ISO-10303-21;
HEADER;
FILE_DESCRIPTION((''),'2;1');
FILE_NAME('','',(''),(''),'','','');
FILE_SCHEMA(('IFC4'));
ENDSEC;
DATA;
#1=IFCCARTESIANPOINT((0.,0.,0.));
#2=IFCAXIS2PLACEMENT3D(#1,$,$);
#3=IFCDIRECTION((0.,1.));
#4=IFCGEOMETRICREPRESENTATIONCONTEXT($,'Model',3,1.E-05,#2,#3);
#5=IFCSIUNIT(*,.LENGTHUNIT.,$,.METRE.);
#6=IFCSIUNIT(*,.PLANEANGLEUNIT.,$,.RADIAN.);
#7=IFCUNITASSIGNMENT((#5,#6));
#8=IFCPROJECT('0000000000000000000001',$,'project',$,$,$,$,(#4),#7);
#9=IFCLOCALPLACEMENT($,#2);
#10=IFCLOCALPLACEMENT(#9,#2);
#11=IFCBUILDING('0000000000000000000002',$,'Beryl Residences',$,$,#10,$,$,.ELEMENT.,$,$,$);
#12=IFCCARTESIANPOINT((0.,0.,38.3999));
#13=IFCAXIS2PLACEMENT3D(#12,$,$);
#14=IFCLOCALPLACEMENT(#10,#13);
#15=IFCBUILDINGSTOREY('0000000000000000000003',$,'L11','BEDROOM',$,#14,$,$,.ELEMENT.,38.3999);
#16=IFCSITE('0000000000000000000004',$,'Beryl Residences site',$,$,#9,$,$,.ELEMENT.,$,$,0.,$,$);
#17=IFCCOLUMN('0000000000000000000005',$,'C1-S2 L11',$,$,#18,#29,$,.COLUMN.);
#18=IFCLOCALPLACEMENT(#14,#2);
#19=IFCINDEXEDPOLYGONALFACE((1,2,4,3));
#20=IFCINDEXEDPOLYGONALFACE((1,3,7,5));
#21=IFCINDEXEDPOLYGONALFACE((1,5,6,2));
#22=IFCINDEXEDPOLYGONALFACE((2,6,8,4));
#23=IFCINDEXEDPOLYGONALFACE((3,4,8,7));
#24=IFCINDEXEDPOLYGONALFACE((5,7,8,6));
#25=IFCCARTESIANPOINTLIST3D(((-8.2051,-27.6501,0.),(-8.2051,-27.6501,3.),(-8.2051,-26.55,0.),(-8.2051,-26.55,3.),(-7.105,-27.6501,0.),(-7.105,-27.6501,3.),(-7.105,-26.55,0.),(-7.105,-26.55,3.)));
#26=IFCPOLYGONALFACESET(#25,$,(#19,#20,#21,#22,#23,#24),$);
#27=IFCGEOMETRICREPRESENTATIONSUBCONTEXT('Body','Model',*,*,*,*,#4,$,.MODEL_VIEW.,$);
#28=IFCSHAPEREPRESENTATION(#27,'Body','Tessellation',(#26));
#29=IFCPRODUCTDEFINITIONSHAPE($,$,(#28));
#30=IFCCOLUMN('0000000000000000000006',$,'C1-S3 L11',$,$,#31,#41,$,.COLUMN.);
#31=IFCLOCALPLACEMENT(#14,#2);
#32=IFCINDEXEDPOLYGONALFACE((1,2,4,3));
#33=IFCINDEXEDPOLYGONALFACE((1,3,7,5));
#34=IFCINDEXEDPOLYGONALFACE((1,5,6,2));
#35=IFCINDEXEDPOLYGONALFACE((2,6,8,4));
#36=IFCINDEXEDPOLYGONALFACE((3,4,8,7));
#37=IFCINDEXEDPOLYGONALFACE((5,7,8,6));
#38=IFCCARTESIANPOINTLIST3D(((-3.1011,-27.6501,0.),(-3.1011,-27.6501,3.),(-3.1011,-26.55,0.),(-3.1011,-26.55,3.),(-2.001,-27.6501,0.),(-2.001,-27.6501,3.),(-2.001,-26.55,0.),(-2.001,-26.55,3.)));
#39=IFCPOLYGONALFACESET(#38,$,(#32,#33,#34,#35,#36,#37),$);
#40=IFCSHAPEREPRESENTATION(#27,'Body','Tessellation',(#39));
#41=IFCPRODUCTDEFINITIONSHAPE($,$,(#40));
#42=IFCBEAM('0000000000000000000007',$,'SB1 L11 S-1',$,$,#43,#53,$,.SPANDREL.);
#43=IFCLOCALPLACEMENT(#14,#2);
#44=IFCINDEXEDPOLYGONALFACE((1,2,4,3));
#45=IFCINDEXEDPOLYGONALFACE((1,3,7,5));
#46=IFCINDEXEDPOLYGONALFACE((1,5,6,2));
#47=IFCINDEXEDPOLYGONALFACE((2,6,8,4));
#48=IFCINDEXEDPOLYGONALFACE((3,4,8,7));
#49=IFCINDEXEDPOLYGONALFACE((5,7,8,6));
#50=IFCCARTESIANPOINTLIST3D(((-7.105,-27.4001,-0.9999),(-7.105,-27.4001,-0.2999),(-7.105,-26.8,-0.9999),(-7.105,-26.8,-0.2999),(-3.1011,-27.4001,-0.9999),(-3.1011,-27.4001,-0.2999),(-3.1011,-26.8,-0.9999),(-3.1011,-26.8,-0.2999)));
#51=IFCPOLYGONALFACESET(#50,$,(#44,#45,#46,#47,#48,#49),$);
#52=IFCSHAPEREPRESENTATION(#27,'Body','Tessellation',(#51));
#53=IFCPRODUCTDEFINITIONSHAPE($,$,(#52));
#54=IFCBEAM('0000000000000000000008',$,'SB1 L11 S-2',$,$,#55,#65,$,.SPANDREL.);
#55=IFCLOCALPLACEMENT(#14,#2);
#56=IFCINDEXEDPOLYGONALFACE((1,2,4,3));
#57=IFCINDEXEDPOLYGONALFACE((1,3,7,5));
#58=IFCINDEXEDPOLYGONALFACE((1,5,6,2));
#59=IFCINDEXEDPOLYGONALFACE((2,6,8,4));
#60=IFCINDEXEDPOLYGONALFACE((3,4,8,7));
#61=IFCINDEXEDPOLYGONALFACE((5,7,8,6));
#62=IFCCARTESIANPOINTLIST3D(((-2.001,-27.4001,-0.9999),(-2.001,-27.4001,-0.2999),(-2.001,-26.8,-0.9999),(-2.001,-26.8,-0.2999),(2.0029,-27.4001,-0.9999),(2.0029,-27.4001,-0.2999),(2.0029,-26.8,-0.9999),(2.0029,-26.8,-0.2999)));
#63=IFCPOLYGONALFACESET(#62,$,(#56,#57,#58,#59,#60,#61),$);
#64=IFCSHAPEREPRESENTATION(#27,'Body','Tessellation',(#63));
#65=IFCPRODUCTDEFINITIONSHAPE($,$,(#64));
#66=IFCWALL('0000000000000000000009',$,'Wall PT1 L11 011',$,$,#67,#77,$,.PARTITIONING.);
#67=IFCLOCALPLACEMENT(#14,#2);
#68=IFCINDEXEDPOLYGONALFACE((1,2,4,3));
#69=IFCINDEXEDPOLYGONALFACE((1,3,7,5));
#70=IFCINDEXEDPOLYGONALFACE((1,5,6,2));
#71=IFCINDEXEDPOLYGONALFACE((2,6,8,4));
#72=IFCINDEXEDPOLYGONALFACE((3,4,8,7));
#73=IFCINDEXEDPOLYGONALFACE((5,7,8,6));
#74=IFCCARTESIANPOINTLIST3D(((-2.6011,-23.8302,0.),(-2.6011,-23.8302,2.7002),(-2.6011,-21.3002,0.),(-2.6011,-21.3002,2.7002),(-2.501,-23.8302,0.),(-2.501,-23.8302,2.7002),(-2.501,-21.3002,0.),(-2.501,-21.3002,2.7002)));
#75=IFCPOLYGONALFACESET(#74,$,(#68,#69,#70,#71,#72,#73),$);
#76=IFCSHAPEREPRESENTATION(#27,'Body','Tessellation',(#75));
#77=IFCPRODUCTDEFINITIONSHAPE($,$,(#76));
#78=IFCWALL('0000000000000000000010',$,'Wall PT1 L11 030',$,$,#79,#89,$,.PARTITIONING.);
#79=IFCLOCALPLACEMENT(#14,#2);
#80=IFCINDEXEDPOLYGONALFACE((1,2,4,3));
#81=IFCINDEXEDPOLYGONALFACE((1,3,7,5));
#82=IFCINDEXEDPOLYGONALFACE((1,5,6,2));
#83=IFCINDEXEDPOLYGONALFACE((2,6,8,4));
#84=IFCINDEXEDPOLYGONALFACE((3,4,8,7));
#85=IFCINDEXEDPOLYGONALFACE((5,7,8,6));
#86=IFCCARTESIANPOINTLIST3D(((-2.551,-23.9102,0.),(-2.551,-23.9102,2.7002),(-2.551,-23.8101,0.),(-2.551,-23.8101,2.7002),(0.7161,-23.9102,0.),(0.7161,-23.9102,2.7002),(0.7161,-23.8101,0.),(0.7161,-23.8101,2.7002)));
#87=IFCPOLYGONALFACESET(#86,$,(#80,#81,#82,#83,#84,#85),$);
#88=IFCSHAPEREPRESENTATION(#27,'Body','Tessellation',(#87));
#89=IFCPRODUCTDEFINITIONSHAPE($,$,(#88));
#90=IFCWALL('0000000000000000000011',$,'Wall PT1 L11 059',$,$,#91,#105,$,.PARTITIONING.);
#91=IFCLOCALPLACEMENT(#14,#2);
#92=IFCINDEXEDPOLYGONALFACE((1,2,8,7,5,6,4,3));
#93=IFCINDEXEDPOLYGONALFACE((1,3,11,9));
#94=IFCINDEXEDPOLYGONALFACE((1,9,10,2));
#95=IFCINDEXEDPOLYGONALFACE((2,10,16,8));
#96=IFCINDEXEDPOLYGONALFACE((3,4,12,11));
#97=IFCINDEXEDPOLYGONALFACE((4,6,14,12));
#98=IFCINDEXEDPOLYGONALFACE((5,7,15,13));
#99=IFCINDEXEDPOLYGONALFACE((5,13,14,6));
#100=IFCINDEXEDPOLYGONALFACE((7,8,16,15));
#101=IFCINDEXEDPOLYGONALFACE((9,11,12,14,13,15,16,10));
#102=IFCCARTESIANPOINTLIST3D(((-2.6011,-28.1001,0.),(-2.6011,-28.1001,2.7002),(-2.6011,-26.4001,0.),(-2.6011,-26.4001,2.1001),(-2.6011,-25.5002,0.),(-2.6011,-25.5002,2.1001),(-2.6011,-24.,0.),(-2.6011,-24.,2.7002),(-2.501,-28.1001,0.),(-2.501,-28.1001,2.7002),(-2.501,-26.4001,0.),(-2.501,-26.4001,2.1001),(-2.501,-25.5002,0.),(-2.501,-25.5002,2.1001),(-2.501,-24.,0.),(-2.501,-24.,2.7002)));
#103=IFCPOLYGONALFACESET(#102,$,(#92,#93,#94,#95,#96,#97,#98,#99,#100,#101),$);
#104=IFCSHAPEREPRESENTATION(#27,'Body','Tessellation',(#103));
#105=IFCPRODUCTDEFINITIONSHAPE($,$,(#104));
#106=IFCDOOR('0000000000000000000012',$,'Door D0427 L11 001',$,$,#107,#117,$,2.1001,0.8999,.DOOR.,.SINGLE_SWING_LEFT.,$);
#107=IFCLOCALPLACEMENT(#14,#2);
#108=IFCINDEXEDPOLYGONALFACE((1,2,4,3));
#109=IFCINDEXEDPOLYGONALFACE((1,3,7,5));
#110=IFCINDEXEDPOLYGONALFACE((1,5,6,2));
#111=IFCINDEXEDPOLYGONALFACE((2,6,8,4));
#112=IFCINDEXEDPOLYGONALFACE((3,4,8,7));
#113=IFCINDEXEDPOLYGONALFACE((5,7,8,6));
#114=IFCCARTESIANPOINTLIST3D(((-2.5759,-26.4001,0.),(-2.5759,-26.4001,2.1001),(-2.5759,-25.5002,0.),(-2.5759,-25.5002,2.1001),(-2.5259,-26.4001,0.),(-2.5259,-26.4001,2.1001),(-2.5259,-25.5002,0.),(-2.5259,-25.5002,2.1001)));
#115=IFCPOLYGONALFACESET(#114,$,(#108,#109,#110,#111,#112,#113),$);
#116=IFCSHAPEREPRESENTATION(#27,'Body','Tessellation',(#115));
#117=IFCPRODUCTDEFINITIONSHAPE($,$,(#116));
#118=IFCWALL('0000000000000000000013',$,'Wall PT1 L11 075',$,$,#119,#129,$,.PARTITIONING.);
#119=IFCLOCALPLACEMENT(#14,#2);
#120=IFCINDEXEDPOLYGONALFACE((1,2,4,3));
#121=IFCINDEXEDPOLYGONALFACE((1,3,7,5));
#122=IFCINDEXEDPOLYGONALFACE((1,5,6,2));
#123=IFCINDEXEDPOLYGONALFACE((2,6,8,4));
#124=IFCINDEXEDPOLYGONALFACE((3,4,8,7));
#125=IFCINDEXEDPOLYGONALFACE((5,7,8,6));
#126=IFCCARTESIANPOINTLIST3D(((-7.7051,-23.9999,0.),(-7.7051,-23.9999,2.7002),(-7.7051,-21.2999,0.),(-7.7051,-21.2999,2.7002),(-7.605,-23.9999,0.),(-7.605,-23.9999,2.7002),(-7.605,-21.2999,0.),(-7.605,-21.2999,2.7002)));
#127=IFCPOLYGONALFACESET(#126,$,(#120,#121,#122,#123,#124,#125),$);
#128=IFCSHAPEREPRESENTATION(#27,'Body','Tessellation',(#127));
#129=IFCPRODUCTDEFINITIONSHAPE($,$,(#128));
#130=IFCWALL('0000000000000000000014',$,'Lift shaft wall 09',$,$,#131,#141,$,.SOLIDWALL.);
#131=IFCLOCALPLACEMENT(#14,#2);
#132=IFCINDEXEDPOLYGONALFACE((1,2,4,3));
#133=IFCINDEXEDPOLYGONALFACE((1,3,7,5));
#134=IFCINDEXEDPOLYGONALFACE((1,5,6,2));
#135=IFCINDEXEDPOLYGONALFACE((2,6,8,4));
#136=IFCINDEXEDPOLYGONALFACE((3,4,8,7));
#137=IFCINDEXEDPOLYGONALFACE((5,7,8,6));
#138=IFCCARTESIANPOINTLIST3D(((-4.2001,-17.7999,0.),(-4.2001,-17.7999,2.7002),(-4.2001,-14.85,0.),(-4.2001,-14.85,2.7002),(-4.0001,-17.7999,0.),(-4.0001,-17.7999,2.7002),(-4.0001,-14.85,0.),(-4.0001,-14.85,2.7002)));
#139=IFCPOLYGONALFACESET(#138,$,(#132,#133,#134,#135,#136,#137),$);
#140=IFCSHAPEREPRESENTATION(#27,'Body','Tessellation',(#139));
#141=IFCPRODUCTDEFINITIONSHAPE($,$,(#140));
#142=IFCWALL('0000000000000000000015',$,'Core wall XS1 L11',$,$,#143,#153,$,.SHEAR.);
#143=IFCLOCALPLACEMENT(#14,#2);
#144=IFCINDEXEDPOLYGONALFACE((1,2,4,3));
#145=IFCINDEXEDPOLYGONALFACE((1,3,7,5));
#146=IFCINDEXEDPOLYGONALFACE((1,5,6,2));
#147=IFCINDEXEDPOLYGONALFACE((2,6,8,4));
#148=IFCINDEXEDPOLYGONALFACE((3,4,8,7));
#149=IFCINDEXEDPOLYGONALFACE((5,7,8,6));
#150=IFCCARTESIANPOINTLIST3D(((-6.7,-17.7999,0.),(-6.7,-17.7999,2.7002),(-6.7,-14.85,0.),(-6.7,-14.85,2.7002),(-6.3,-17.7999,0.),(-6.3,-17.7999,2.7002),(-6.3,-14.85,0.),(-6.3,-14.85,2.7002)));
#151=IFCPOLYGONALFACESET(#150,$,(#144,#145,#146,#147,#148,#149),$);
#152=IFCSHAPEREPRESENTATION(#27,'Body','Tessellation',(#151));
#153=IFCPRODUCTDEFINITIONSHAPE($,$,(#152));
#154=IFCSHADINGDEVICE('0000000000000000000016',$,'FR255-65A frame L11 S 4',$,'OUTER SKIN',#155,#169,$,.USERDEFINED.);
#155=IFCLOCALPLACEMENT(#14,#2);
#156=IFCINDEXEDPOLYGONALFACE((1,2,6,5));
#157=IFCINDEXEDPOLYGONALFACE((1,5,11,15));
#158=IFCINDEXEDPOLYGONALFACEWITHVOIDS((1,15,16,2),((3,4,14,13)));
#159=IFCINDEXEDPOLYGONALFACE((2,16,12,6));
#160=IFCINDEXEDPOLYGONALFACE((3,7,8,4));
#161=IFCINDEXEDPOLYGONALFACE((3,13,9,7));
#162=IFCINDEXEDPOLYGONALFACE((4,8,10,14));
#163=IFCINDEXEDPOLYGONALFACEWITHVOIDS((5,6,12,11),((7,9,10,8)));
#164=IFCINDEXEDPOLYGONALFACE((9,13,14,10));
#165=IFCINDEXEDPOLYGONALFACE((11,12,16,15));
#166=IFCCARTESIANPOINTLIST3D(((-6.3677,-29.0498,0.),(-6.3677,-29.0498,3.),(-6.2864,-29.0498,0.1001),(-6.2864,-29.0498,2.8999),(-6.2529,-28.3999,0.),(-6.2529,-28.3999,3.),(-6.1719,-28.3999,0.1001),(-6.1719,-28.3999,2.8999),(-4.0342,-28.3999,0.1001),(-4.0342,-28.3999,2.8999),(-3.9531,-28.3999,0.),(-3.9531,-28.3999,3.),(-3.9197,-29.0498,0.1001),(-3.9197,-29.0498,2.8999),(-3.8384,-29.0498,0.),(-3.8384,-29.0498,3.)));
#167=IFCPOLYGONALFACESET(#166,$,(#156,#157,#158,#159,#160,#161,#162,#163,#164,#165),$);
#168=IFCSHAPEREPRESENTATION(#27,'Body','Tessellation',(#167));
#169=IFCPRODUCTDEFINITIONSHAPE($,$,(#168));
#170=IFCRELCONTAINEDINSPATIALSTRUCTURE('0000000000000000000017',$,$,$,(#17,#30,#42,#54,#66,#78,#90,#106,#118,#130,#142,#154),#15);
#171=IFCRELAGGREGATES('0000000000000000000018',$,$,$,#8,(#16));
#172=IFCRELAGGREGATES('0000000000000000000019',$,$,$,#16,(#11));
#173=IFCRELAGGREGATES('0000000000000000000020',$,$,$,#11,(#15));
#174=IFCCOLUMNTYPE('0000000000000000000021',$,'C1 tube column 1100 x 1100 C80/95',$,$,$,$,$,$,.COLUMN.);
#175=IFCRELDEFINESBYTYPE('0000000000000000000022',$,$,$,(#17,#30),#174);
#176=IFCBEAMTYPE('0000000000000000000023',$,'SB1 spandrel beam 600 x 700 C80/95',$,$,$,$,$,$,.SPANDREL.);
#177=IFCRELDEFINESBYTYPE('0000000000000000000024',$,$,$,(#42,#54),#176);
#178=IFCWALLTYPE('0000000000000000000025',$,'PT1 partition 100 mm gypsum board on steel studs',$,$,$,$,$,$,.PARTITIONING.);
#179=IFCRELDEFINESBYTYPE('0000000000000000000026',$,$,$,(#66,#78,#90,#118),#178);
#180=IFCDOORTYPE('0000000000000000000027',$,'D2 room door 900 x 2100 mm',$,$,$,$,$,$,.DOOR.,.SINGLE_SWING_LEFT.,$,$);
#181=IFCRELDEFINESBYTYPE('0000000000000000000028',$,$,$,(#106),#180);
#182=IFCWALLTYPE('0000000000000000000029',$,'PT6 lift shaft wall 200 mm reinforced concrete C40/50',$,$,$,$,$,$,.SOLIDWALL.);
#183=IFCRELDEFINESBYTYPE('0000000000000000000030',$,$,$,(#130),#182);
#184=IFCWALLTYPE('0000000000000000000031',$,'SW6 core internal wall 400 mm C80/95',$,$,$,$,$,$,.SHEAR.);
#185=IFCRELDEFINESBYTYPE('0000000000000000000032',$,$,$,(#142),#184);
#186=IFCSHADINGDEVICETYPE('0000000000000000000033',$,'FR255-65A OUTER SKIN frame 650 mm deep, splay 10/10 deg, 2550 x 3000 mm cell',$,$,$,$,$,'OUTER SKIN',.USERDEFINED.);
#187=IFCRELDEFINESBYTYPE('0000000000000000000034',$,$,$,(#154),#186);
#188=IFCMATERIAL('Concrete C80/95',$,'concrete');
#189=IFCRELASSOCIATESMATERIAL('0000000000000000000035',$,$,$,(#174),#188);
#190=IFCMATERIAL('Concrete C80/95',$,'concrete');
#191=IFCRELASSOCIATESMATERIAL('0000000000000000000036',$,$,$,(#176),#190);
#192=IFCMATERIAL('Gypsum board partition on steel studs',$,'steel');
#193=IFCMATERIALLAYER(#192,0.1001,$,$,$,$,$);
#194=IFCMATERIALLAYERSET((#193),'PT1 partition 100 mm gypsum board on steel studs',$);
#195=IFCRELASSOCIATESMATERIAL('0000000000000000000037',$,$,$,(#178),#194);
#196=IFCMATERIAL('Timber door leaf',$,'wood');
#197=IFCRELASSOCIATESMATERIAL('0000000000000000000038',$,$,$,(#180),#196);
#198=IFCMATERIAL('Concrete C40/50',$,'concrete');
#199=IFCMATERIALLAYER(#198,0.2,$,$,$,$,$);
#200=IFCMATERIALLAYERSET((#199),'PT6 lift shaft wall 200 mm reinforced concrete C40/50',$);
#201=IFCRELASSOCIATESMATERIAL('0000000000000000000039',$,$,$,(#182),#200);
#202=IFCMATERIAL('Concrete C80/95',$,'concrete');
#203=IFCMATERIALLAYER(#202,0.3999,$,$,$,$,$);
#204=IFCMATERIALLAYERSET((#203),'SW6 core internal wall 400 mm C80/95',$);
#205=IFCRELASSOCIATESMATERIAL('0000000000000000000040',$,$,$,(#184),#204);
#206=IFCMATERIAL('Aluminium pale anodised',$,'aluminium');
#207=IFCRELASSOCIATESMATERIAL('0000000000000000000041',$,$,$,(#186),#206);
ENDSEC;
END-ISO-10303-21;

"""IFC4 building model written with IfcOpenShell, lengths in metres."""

from ifc_helpers import new_model, entity, si_unit, direction, frame, frame_2d, origin, origin_2d, place, context, subcontext, project, spatial, rectangle, extrude, source, transform, mapped, material, layer, layer_set, material_profile, profile_set, type_object, type_shapes, element, fill, save


model = new_model("IFC4")

# Units and contexts
model_context = context("Model", 3, precision=1e-05, world=origin(), true_north=direction((0.0, 1.0)))
body_context = subcontext(model_context, "Body", "Model", "MODEL_VIEW")
ifc_project = project(units=[si_unit("LENGTHUNIT", "METRE"), si_unit("PLANEANGLEUNIT", "RADIAN")], contexts=[model_context])

# Site, building, storey
site_placement = place(None, origin())
site = spatial("IfcSite", under=ifc_project, at=site_placement, Name="Beryl Residences site", CompositionType="ELEMENT", RefElevation=0.0)
building_placement = place(site_placement, origin())
building = spatial("IfcBuilding", under=site, at=building_placement, Name="Beryl Residences", CompositionType="ELEMENT")
storey_placement = place(building_placement, frame((0.0, 0.0, 38.3999)))
storey = spatial("IfcBuildingStorey", under=building, at=storey_placement, Name="L11", Description="BEDROOM", CompositionType="ELEMENT", Elevation=38.3999)

# Columns
ifc_material_1 = material(Name="Concrete C80/95", Category="concrete")
ifc_material_profile_1 = material_profile(ifc_material_1, rectangle(XDim=1.1001, YDim=1.1001, at=origin_2d()))
ifc_profile_set_1 = profile_set([ifc_material_profile_1], Name="Concrete C80/95")
column_type = type_object("IfcColumnType", Name="C1 tube column 1100 x 1100 C80/95", PredefinedType="COLUMN", material=ifc_profile_set_1)
for number, where, z_axis, x_axis, name in (
    (1, (-7.655, -27.1001, 0.0), (0.0, 0.0, 1.0), (1.0, 0.0, 0.0), "C1-S2 L11"),
    (2, (-2.551, -27.1001, 0.0), (0.0, 0.0, 1.0), (1.0, 0.0, 0.0), "C1-S3 L11"),
):
    element("IfcColumn", number, at=place(storey_placement, frame(where, z_axis=z_axis, x_axis=x_axis)), inside=storey, type_object=column_type, Name=name, PredefinedType="COLUMN", context=body_context, shape_type="SweptSolid", body=[
        extrude(rectangle(XDim=1.1001, YDim=1.1001, at=origin_2d()), origin(), (0.0, 0.0, 1.0), 3.0),
    ])

# Beams
ifc_material_2 = material(Name="Concrete C80/95", Category="concrete")
ifc_material_profile_2 = material_profile(ifc_material_2, rectangle(XDim=0.6001, YDim=0.7, at=origin_2d()))
ifc_profile_set_2 = profile_set([ifc_material_profile_2], Name="Concrete C80/95")
beam_type = type_object("IfcBeamType", Name="SB1 spandrel beam 600 x 700 C80/95", PredefinedType="SPANDREL", material=ifc_profile_set_2)
for number, where, z_axis, x_axis, name in (
    (3, (-7.105, -27.1001, -0.6499), (1.0, 0.0, 0.0), (0.0, 1.0, 0.0), "SB1 L11 S-1"),
    (4, (-2.001, -27.1001, -0.6499), (1.0, 0.0, 0.0), (0.0, 1.0, 0.0), "SB1 L11 S-2"),
):
    element("IfcBeam", number, at=place(storey_placement, frame(where, z_axis=z_axis, x_axis=x_axis)), inside=storey, type_object=beam_type, Name=name, PredefinedType="SPANDREL", context=body_context, shape_type="SweptSolid", body=[
        extrude(rectangle(XDim=0.6001, YDim=0.7, at=origin_2d()), origin(), (0.0, 0.0, 1.0), 4.0039),
    ])

# Walls
ifc_material_3 = material(Name="Gypsum board partition on steel studs", Category="steel")
ifc_layer_1 = layer(ifc_material_3, 0.1001)
ifc_layer_set_1 = layer_set([ifc_layer_1], Name="PT1 partition 100 mm gypsum board on steel studs")
wall_type_1 = type_object("IfcWallType", Name="PT1 partition 100 mm gypsum board on steel studs", PredefinedType="PARTITIONING", material=ifc_layer_set_1)
wall_1_placement = place(storey_placement, frame((-2.551, -21.3, 0.0), z_axis=(0.0, 0.0, 1.0), x_axis=(0.0, -1.0, 0.0)))
element("IfcWall", 5, at=wall_1_placement, inside=storey, type_object=wall_type_1, Name="Wall PT1 L11 011", PredefinedType="PARTITIONING", context=body_context, shape_type="SweptSolid", body=[
    extrude(rectangle(XDim=2.53, YDim=0.1001, at=frame_2d((1.2651, 0.0))), origin(), (0.0, 0.0, 1.0), 2.7002),
])
wall_2_placement = place(storey_placement, frame((-2.551, -23.8601, 0.0), z_axis=(0.0, 0.0, 1.0), x_axis=(1.0, 0.0, 0.0)))
element("IfcWall", 6, at=wall_2_placement, inside=storey, type_object=wall_type_1, Name="Wall PT1 L11 030", PredefinedType="PARTITIONING", context=body_context, shape_type="SweptSolid", body=[
    extrude(rectangle(XDim=3.2671, YDim=0.1001, at=frame_2d((1.6335, 0.0))), origin(), (0.0, 0.0, 1.0), 2.7002),
])

# Wall, opening, door
wall_3_placement = place(storey_placement, frame((-2.551, -28.1001, 0.0), z_axis=(0.0, 0.0, 1.0), x_axis=(0.0, 1.0, 0.0)))
wall_3 = element("IfcWall", 7, at=wall_3_placement, inside=storey, type_object=wall_type_1, Name="Wall PT1 L11 059", PredefinedType="PARTITIONING", context=body_context, shape_type="SweptSolid", body=[
    extrude(rectangle(XDim=4.1001, YDim=0.1001, at=frame_2d((2.05, 0.0))), origin(), (0.0, 0.0, 1.0), 2.7002),
])
opening_placement = place(wall_3_placement, frame((1.7, 0.0, 0.0)))
opening = element("IfcOpeningElement", 8, at=opening_placement, cuts=wall_3, PredefinedType="OPENING", context=body_context, shape_type="SweptSolid", body=[
    extrude(rectangle(XDim=0.8999, YDim=2.1001, at=frame_2d((0.45, 1.05))), frame((0.0, 0.0601, 0.0), z_axis=(0.0, -1.0, 0.0), x_axis=(1.0, 0.0, 0.0)), (0.0, 0.0, 1.0), 0.1201),
])
ifc_material_4 = material(Name="Timber door leaf", Category="wood")
door_type = type_object("IfcDoorType", Name="D2 room door 900 x 2100 mm", OperationType="SINGLE_SWING_LEFT", PredefinedType="DOOR", material=ifc_material_4)
door_placement = place(opening_placement, origin())
door = element("IfcDoor", 9, at=door_placement, inside=storey, type_object=door_type, Name="Door D0427 L11 001", OperationType="SINGLE_SWING_LEFT", OverallHeight=2.1001, OverallWidth=0.8999, PredefinedType="DOOR", context=body_context, shape_type="SweptSolid", body=[
    extrude(rectangle(XDim=0.8999, YDim=2.1001, at=frame_2d((0.45, 1.05))), frame((0.0, 0.0249, 0.0), z_axis=(0.0, -1.0, 0.0), x_axis=(1.0, 0.0, 0.0)), (0.0, 0.0, 1.0), 0.05),
])
fill(opening, door)

# Walls
wall_4_placement = place(storey_placement, frame((-7.655, -24.0, 0.0), z_axis=(0.0, 0.0, 1.0), x_axis=(0.0, 1.0, 0.0)))
element("IfcWall", 10, at=wall_4_placement, inside=storey, type_object=wall_type_1, Name="Wall PT1 L11 075", PredefinedType="PARTITIONING", context=body_context, shape_type="SweptSolid", body=[
    extrude(rectangle(XDim=2.7, YDim=0.1001, at=frame_2d((1.3501, 0.0))), origin(), (0.0, 0.0, 1.0), 2.7002),
])
ifc_material_5 = material(Name="Concrete C40/50", Category="concrete")
ifc_layer_2 = layer(ifc_material_5, 0.2)
ifc_layer_set_2 = layer_set([ifc_layer_2], Name="PT6 lift shaft wall 200 mm reinforced concrete C40/50")
wall_type_2 = type_object("IfcWallType", Name="PT6 lift shaft wall 200 mm reinforced concrete C40/50", PredefinedType="SOLIDWALL", material=ifc_layer_set_2)
wall_5_placement = place(storey_placement, frame((-4.1001, -17.8, 0.0), z_axis=(0.0, 0.0, 1.0), x_axis=(0.0, 1.0, 0.0)))
element("IfcWall", 11, at=wall_5_placement, inside=storey, type_object=wall_type_2, Name="Lift shaft wall 09", PredefinedType="SOLIDWALL", context=body_context, shape_type="SweptSolid", body=[
    extrude(rectangle(XDim=2.95, YDim=0.2, at=frame_2d((1.4751, 0.0))), origin(), (0.0, 0.0, 1.0), 2.7002),
])
ifc_material_6 = material(Name="Concrete C80/95", Category="concrete")
ifc_layer_3 = layer(ifc_material_6, 0.3999)
ifc_layer_set_3 = layer_set([ifc_layer_3], Name="SW6 core internal wall 400 mm C80/95")
wall_type_3 = type_object("IfcWallType", Name="SW6 core internal wall 400 mm C80/95", PredefinedType="SHEAR", material=ifc_layer_set_3)
wall_6_placement = place(storey_placement, frame((-6.5, -17.8, 0.0), z_axis=(0.0, 0.0, 1.0), x_axis=(0.0, 1.0, 0.0)))
element("IfcWall", 12, at=wall_6_placement, inside=storey, type_object=wall_type_3, Name="Core wall XS1 L11", PredefinedType="SHEAR", context=body_context, shape_type="SweptSolid", body=[
    extrude(rectangle(XDim=2.95, YDim=0.3999, at=frame_2d((1.4751, 0.0))), origin(), (0.0, 0.0, 1.0), 2.7002),
])

# Shading device
ifc_material_7 = material(Name="Aluminium pale anodised", Category="aluminium")
shading_device_type = type_object("IfcShadingDeviceType", Name="FR255-65A OUTER SKIN frame 650 mm deep, splay 10/10 deg, 2550 x 3000 mm cell", ElementType="OUTER SKIN", PredefinedType="USERDEFINED", material=ifc_material_7)
cartesian_point_1 = entity("IfcCartesianPoint", [-1.1499, 0.0])
cartesian_point_2 = entity("IfcCartesianPoint", [-1.0688, 0.1001])
cartesian_point_3 = entity("IfcCartesianPoint", [-1.2646, 0.0])
cartesian_point_4 = entity("IfcCartesianPoint", [-1.1833, 0.1001])
shared_shape = source(origin(), body_context, "Body", "SweptSolid", [
    entity("IfcExtrudedAreaSolidTapered", entity("IfcArbitraryProfileDefWithVoids", "AREA", None, entity("IfcPolyline", [cartesian_point_1, entity("IfcCartesianPoint", [1.1499, 0.0]), entity("IfcCartesianPoint", [1.1499, 3.0]), entity("IfcCartesianPoint", [-1.1499, 3.0]), cartesian_point_1]), [entity("IfcPolyline", [cartesian_point_2, entity("IfcCartesianPoint", [1.0688, 0.1001]), entity("IfcCartesianPoint", [1.0688, 2.8999]), entity("IfcCartesianPoint", [-1.0688, 2.8999]), cartesian_point_2])]), entity("IfcAxis2Placement3D", entity("IfcCartesianPoint", [0.0, 0.0, 0.0]), entity("IfcDirection", [0.0, 1.0, 0.0]), entity("IfcDirection", [-1.0, 0.0, 0.0])), entity("IfcDirection", [0.0, 0.0, 1.0]), 0.6499, entity("IfcArbitraryProfileDefWithVoids", "AREA", None, entity("IfcPolyline", [cartesian_point_3, entity("IfcCartesianPoint", [1.2646, 0.0]), entity("IfcCartesianPoint", [1.2646, 3.0]), entity("IfcCartesianPoint", [-1.2646, 3.0]), cartesian_point_3]), [entity("IfcPolyline", [cartesian_point_4, entity("IfcCartesianPoint", [1.1833, 0.1001]), entity("IfcCartesianPoint", [1.1833, 2.8999]), entity("IfcCartesianPoint", [-1.1833, 2.8999]), cartesian_point_4])])),
])
type_shapes(shading_device_type, [shared_shape])
for number, where, z_axis, x_axis, name in (
    (13, (-5.103, -28.3999, 0.0), (0.0, 0.0, 1.0), (-1.0, 0.0, 0.0), "FR255-65A frame L11 S 4"),
):
    element("IfcShadingDevice", number, at=place(storey_placement, frame(where, z_axis=z_axis, x_axis=x_axis)), inside=storey, type_object=shading_device_type, Name=name, ObjectType="OUTER SKIN", PredefinedType="USERDEFINED", context=body_context, shape_type="MappedRepresentation", body=[
        mapped(shared_shape, transform((0.0, 0.0, 0.0))),
    ])

save(model, "model.ifc")
